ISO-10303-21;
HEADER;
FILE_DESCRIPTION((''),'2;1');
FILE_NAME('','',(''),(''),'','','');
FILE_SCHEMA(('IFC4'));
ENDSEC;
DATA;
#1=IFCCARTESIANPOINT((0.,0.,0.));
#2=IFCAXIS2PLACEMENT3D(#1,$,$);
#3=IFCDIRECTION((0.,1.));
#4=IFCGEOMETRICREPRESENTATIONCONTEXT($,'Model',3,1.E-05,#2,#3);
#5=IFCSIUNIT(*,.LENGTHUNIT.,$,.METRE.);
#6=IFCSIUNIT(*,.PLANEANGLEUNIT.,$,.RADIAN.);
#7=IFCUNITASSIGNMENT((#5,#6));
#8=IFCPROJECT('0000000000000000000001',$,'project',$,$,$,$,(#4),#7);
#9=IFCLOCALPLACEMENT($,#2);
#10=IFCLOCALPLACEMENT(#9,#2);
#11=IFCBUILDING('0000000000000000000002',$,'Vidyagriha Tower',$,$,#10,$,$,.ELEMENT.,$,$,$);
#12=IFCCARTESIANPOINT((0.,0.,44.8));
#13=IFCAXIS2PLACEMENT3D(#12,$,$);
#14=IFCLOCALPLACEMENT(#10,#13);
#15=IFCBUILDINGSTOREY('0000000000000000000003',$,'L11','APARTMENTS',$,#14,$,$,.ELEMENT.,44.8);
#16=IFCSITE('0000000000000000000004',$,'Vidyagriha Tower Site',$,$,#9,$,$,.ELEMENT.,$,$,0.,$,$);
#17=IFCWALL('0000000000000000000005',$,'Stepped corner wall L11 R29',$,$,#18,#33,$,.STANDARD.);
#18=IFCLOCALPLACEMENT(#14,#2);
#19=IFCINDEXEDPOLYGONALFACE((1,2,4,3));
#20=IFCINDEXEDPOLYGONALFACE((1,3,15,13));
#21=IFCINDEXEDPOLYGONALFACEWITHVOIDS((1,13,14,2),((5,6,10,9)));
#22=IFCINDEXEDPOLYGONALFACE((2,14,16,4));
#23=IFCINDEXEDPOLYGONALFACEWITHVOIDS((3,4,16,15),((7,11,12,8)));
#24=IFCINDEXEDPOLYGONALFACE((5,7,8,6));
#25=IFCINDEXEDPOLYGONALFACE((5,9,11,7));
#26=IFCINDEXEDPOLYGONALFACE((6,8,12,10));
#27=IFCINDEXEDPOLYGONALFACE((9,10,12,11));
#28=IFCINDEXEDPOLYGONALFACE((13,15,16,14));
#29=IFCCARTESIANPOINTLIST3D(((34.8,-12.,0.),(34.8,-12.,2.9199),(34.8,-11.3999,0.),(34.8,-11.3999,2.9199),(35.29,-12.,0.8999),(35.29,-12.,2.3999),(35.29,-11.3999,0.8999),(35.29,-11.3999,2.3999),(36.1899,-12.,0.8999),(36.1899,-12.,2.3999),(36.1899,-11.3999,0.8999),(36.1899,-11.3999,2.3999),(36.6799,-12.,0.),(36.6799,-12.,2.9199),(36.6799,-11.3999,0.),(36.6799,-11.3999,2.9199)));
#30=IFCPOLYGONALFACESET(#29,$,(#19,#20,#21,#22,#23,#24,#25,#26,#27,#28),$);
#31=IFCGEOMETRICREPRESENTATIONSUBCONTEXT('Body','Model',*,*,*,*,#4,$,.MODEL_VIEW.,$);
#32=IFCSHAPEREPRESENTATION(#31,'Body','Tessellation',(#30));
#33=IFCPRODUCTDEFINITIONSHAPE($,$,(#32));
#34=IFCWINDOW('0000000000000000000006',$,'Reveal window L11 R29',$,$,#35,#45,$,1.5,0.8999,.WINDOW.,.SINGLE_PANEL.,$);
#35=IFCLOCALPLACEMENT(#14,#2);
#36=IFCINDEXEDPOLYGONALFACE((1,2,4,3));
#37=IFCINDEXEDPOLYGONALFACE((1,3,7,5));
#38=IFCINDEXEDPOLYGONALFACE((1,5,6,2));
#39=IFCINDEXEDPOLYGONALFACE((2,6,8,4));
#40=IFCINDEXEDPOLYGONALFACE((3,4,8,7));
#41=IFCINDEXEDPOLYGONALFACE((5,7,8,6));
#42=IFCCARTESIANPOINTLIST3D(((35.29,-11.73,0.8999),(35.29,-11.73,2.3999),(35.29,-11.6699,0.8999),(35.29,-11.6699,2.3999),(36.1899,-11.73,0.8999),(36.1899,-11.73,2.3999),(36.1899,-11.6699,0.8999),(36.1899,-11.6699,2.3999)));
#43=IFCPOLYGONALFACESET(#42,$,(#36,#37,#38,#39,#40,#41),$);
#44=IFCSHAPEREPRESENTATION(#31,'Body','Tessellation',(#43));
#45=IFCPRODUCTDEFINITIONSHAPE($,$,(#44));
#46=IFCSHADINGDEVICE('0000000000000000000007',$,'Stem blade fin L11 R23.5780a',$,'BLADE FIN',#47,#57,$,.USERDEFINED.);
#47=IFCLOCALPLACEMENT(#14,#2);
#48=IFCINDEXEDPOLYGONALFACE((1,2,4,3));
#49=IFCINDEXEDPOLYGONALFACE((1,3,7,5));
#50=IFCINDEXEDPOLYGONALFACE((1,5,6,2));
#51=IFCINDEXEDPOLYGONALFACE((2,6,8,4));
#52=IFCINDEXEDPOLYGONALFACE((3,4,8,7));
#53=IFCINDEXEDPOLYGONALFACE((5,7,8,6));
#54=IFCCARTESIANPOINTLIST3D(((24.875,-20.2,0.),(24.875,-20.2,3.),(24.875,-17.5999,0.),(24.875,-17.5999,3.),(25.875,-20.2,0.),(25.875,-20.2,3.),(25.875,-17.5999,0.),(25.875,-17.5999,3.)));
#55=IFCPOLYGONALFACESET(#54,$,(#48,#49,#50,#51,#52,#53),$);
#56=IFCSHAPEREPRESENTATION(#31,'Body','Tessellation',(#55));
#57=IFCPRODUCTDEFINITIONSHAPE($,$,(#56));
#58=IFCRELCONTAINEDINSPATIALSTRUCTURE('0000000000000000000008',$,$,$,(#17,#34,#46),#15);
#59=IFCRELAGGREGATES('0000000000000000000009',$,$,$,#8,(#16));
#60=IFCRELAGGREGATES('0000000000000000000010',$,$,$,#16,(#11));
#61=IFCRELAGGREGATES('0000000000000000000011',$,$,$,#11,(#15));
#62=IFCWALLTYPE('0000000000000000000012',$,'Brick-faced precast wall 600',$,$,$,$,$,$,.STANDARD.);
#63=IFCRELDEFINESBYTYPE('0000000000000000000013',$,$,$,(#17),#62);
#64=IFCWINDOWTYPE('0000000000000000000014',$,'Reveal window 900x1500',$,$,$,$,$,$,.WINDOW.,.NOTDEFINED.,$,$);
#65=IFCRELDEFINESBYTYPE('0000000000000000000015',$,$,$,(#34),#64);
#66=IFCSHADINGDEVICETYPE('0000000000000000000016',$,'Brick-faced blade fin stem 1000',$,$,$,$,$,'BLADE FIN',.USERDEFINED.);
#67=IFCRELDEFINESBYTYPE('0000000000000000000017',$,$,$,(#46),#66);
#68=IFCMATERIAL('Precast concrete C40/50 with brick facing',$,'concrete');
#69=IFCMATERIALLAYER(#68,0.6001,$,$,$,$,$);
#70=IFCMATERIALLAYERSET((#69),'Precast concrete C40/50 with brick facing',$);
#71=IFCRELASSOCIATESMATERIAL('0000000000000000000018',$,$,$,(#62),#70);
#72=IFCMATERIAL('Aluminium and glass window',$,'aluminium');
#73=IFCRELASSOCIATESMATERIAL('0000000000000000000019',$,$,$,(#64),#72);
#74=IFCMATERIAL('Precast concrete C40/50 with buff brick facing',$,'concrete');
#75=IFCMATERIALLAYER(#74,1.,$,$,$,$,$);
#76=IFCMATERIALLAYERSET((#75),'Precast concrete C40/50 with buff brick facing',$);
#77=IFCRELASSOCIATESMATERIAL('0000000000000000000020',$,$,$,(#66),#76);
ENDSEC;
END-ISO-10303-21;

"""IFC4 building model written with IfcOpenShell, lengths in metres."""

from ifc_helpers import new_model, si_unit, direction, frame, frame_2d, origin, place, context, subcontext, project, spatial, polyline, rectangle, outline, extrude, material, layer, layer_set, type_object, element, fill, save


model = new_model("IFC4")

# Units and contexts
model_context = context("Model", 3, precision=1e-05, world=origin(), true_north=direction((0.0, 1.0)))
body_context = subcontext(model_context, "Body", "Model", "MODEL_VIEW")
ifc_project = project(units=[si_unit("LENGTHUNIT", "METRE"), si_unit("PLANEANGLEUNIT", "RADIAN")], contexts=[model_context])

# Site, building, storey
site_placement = place(None, origin())
site = spatial("IfcSite", under=ifc_project, at=site_placement, Name="Vidyagriha Tower Site", CompositionType="ELEMENT", RefElevation=0.0)
building_placement = place(site_placement, origin())
building = spatial("IfcBuilding", under=site, at=building_placement, Name="Vidyagriha Tower", CompositionType="ELEMENT")
storey_placement = place(building_placement, frame((0.0, 0.0, 44.8)))
storey = spatial("IfcBuildingStorey", under=building, at=storey_placement, Name="L11", Description="APARTMENTS", CompositionType="ELEMENT", Elevation=44.8)

# Shared definitions
ifc_material_1 = material(Name="Precast concrete C40/50 with brick facing", Category="concrete")
ifc_layer_1 = layer(ifc_material_1, 0.6001)
ifc_layer_set_1 = layer_set([ifc_layer_1], Name="Precast concrete C40/50 with brick facing")
wall_type = type_object("IfcWallType", Name="Brick-faced precast wall 600", PredefinedType="STANDARD", material=ifc_layer_set_1)

# Shared definitions
ifc_material_2 = material(Name="Aluminium and glass window", Category="aluminium")
window_type = type_object("IfcWindowType", Name="Reveal window 900x1500", PartitioningType="NOTDEFINED", PredefinedType="WINDOW", material=ifc_material_2)

# Wall, opening, window
wall_1_placement = place(storey_placement, frame((34.8, -11.7, 0.0)))
wall_1 = element("IfcWall", 1, at=wall_1_placement, inside=storey, type_object=wall_type, Name="Stepped corner wall L11 R29", PredefinedType="STANDARD", context=body_context, shape_type="SweptSolid", body=[
    extrude(rectangle(XDim=1.8799, YDim=0.6001, at=frame_2d((0.9399, 0.0))), origin(), (0.0, 0.0, 1.0), 2.9199),
])
opening_1_placement = place(wall_1_placement, frame((0.49, 0.0, 0.8999)))
opening_1 = element("IfcOpeningElement", 2, at=opening_1_placement, cuts=wall_1, PredefinedType="OPENING", context=body_context, shape_type="SweptSolid", body=[
    extrude(rectangle(XDim=0.8999, YDim=1.5, at=frame_2d((0.45, 0.75))), frame((0.0, 0.3101, 0.0), z_axis=(0.0, -1.0, 0.0), x_axis=(1.0, 0.0, 0.0)), (0.0, 0.0, 1.0), 0.6201),
])
window_1_placement = place(opening_1_placement, origin())
window_1 = element("IfcWindow", 3, at=window_1_placement, inside=storey, type_object=window_type, Name="Reveal window L11 R29", OverallHeight=1.5, OverallWidth=0.8999, PartitioningType="SINGLE_PANEL", PredefinedType="WINDOW", context=body_context, shape_type="SweptSolid", body=[
    extrude(rectangle(XDim=0.8999, YDim=1.5, at=frame_2d((0.45, 0.75))), frame((0.0, 0.03, 0.0), z_axis=(0.0, -1.0, 0.0), x_axis=(1.0, 0.0, 0.0)), (0.0, 0.0, 1.0), 0.0601),
])
fill(opening_1, window_1)

# Shading device
ifc_material_3 = material(Name="Precast concrete C40/50 with buff brick facing", Category="concrete")
ifc_layer_2 = layer(ifc_material_3, 1.0)
ifc_layer_set_2 = layer_set([ifc_layer_2], Name="Precast concrete C40/50 with buff brick facing")
shading_device_type = type_object("IfcShadingDeviceType", Name="Brick-faced blade fin stem 1000", ElementType="BLADE FIN", PredefinedType="USERDEFINED", material=ifc_layer_set_2)
shading_device_placement = place(storey_placement, frame((24.875, -18.8999, 0.0)))
element("IfcShadingDevice", 4, at=shading_device_placement, inside=storey, type_object=shading_device_type, Name="Stem blade fin L11 R23.5780a", ObjectType="BLADE FIN", PredefinedType="USERDEFINED", context=body_context, shape_type="SweptSolid", body=[
    extrude(outline(polyline([(0.0, 0.0), (1.0, 0.0), (1.0, 3.0), (0.0, 3.0), (0.0, 0.0)])), frame((0.0, 1.3, 0.0), z_axis=(0.0, -1.0, 0.0), x_axis=(1.0, 0.0, 0.0)), (0.0, 0.0, 1.0), 2.6001),
])

save(model, "model.ifc")
